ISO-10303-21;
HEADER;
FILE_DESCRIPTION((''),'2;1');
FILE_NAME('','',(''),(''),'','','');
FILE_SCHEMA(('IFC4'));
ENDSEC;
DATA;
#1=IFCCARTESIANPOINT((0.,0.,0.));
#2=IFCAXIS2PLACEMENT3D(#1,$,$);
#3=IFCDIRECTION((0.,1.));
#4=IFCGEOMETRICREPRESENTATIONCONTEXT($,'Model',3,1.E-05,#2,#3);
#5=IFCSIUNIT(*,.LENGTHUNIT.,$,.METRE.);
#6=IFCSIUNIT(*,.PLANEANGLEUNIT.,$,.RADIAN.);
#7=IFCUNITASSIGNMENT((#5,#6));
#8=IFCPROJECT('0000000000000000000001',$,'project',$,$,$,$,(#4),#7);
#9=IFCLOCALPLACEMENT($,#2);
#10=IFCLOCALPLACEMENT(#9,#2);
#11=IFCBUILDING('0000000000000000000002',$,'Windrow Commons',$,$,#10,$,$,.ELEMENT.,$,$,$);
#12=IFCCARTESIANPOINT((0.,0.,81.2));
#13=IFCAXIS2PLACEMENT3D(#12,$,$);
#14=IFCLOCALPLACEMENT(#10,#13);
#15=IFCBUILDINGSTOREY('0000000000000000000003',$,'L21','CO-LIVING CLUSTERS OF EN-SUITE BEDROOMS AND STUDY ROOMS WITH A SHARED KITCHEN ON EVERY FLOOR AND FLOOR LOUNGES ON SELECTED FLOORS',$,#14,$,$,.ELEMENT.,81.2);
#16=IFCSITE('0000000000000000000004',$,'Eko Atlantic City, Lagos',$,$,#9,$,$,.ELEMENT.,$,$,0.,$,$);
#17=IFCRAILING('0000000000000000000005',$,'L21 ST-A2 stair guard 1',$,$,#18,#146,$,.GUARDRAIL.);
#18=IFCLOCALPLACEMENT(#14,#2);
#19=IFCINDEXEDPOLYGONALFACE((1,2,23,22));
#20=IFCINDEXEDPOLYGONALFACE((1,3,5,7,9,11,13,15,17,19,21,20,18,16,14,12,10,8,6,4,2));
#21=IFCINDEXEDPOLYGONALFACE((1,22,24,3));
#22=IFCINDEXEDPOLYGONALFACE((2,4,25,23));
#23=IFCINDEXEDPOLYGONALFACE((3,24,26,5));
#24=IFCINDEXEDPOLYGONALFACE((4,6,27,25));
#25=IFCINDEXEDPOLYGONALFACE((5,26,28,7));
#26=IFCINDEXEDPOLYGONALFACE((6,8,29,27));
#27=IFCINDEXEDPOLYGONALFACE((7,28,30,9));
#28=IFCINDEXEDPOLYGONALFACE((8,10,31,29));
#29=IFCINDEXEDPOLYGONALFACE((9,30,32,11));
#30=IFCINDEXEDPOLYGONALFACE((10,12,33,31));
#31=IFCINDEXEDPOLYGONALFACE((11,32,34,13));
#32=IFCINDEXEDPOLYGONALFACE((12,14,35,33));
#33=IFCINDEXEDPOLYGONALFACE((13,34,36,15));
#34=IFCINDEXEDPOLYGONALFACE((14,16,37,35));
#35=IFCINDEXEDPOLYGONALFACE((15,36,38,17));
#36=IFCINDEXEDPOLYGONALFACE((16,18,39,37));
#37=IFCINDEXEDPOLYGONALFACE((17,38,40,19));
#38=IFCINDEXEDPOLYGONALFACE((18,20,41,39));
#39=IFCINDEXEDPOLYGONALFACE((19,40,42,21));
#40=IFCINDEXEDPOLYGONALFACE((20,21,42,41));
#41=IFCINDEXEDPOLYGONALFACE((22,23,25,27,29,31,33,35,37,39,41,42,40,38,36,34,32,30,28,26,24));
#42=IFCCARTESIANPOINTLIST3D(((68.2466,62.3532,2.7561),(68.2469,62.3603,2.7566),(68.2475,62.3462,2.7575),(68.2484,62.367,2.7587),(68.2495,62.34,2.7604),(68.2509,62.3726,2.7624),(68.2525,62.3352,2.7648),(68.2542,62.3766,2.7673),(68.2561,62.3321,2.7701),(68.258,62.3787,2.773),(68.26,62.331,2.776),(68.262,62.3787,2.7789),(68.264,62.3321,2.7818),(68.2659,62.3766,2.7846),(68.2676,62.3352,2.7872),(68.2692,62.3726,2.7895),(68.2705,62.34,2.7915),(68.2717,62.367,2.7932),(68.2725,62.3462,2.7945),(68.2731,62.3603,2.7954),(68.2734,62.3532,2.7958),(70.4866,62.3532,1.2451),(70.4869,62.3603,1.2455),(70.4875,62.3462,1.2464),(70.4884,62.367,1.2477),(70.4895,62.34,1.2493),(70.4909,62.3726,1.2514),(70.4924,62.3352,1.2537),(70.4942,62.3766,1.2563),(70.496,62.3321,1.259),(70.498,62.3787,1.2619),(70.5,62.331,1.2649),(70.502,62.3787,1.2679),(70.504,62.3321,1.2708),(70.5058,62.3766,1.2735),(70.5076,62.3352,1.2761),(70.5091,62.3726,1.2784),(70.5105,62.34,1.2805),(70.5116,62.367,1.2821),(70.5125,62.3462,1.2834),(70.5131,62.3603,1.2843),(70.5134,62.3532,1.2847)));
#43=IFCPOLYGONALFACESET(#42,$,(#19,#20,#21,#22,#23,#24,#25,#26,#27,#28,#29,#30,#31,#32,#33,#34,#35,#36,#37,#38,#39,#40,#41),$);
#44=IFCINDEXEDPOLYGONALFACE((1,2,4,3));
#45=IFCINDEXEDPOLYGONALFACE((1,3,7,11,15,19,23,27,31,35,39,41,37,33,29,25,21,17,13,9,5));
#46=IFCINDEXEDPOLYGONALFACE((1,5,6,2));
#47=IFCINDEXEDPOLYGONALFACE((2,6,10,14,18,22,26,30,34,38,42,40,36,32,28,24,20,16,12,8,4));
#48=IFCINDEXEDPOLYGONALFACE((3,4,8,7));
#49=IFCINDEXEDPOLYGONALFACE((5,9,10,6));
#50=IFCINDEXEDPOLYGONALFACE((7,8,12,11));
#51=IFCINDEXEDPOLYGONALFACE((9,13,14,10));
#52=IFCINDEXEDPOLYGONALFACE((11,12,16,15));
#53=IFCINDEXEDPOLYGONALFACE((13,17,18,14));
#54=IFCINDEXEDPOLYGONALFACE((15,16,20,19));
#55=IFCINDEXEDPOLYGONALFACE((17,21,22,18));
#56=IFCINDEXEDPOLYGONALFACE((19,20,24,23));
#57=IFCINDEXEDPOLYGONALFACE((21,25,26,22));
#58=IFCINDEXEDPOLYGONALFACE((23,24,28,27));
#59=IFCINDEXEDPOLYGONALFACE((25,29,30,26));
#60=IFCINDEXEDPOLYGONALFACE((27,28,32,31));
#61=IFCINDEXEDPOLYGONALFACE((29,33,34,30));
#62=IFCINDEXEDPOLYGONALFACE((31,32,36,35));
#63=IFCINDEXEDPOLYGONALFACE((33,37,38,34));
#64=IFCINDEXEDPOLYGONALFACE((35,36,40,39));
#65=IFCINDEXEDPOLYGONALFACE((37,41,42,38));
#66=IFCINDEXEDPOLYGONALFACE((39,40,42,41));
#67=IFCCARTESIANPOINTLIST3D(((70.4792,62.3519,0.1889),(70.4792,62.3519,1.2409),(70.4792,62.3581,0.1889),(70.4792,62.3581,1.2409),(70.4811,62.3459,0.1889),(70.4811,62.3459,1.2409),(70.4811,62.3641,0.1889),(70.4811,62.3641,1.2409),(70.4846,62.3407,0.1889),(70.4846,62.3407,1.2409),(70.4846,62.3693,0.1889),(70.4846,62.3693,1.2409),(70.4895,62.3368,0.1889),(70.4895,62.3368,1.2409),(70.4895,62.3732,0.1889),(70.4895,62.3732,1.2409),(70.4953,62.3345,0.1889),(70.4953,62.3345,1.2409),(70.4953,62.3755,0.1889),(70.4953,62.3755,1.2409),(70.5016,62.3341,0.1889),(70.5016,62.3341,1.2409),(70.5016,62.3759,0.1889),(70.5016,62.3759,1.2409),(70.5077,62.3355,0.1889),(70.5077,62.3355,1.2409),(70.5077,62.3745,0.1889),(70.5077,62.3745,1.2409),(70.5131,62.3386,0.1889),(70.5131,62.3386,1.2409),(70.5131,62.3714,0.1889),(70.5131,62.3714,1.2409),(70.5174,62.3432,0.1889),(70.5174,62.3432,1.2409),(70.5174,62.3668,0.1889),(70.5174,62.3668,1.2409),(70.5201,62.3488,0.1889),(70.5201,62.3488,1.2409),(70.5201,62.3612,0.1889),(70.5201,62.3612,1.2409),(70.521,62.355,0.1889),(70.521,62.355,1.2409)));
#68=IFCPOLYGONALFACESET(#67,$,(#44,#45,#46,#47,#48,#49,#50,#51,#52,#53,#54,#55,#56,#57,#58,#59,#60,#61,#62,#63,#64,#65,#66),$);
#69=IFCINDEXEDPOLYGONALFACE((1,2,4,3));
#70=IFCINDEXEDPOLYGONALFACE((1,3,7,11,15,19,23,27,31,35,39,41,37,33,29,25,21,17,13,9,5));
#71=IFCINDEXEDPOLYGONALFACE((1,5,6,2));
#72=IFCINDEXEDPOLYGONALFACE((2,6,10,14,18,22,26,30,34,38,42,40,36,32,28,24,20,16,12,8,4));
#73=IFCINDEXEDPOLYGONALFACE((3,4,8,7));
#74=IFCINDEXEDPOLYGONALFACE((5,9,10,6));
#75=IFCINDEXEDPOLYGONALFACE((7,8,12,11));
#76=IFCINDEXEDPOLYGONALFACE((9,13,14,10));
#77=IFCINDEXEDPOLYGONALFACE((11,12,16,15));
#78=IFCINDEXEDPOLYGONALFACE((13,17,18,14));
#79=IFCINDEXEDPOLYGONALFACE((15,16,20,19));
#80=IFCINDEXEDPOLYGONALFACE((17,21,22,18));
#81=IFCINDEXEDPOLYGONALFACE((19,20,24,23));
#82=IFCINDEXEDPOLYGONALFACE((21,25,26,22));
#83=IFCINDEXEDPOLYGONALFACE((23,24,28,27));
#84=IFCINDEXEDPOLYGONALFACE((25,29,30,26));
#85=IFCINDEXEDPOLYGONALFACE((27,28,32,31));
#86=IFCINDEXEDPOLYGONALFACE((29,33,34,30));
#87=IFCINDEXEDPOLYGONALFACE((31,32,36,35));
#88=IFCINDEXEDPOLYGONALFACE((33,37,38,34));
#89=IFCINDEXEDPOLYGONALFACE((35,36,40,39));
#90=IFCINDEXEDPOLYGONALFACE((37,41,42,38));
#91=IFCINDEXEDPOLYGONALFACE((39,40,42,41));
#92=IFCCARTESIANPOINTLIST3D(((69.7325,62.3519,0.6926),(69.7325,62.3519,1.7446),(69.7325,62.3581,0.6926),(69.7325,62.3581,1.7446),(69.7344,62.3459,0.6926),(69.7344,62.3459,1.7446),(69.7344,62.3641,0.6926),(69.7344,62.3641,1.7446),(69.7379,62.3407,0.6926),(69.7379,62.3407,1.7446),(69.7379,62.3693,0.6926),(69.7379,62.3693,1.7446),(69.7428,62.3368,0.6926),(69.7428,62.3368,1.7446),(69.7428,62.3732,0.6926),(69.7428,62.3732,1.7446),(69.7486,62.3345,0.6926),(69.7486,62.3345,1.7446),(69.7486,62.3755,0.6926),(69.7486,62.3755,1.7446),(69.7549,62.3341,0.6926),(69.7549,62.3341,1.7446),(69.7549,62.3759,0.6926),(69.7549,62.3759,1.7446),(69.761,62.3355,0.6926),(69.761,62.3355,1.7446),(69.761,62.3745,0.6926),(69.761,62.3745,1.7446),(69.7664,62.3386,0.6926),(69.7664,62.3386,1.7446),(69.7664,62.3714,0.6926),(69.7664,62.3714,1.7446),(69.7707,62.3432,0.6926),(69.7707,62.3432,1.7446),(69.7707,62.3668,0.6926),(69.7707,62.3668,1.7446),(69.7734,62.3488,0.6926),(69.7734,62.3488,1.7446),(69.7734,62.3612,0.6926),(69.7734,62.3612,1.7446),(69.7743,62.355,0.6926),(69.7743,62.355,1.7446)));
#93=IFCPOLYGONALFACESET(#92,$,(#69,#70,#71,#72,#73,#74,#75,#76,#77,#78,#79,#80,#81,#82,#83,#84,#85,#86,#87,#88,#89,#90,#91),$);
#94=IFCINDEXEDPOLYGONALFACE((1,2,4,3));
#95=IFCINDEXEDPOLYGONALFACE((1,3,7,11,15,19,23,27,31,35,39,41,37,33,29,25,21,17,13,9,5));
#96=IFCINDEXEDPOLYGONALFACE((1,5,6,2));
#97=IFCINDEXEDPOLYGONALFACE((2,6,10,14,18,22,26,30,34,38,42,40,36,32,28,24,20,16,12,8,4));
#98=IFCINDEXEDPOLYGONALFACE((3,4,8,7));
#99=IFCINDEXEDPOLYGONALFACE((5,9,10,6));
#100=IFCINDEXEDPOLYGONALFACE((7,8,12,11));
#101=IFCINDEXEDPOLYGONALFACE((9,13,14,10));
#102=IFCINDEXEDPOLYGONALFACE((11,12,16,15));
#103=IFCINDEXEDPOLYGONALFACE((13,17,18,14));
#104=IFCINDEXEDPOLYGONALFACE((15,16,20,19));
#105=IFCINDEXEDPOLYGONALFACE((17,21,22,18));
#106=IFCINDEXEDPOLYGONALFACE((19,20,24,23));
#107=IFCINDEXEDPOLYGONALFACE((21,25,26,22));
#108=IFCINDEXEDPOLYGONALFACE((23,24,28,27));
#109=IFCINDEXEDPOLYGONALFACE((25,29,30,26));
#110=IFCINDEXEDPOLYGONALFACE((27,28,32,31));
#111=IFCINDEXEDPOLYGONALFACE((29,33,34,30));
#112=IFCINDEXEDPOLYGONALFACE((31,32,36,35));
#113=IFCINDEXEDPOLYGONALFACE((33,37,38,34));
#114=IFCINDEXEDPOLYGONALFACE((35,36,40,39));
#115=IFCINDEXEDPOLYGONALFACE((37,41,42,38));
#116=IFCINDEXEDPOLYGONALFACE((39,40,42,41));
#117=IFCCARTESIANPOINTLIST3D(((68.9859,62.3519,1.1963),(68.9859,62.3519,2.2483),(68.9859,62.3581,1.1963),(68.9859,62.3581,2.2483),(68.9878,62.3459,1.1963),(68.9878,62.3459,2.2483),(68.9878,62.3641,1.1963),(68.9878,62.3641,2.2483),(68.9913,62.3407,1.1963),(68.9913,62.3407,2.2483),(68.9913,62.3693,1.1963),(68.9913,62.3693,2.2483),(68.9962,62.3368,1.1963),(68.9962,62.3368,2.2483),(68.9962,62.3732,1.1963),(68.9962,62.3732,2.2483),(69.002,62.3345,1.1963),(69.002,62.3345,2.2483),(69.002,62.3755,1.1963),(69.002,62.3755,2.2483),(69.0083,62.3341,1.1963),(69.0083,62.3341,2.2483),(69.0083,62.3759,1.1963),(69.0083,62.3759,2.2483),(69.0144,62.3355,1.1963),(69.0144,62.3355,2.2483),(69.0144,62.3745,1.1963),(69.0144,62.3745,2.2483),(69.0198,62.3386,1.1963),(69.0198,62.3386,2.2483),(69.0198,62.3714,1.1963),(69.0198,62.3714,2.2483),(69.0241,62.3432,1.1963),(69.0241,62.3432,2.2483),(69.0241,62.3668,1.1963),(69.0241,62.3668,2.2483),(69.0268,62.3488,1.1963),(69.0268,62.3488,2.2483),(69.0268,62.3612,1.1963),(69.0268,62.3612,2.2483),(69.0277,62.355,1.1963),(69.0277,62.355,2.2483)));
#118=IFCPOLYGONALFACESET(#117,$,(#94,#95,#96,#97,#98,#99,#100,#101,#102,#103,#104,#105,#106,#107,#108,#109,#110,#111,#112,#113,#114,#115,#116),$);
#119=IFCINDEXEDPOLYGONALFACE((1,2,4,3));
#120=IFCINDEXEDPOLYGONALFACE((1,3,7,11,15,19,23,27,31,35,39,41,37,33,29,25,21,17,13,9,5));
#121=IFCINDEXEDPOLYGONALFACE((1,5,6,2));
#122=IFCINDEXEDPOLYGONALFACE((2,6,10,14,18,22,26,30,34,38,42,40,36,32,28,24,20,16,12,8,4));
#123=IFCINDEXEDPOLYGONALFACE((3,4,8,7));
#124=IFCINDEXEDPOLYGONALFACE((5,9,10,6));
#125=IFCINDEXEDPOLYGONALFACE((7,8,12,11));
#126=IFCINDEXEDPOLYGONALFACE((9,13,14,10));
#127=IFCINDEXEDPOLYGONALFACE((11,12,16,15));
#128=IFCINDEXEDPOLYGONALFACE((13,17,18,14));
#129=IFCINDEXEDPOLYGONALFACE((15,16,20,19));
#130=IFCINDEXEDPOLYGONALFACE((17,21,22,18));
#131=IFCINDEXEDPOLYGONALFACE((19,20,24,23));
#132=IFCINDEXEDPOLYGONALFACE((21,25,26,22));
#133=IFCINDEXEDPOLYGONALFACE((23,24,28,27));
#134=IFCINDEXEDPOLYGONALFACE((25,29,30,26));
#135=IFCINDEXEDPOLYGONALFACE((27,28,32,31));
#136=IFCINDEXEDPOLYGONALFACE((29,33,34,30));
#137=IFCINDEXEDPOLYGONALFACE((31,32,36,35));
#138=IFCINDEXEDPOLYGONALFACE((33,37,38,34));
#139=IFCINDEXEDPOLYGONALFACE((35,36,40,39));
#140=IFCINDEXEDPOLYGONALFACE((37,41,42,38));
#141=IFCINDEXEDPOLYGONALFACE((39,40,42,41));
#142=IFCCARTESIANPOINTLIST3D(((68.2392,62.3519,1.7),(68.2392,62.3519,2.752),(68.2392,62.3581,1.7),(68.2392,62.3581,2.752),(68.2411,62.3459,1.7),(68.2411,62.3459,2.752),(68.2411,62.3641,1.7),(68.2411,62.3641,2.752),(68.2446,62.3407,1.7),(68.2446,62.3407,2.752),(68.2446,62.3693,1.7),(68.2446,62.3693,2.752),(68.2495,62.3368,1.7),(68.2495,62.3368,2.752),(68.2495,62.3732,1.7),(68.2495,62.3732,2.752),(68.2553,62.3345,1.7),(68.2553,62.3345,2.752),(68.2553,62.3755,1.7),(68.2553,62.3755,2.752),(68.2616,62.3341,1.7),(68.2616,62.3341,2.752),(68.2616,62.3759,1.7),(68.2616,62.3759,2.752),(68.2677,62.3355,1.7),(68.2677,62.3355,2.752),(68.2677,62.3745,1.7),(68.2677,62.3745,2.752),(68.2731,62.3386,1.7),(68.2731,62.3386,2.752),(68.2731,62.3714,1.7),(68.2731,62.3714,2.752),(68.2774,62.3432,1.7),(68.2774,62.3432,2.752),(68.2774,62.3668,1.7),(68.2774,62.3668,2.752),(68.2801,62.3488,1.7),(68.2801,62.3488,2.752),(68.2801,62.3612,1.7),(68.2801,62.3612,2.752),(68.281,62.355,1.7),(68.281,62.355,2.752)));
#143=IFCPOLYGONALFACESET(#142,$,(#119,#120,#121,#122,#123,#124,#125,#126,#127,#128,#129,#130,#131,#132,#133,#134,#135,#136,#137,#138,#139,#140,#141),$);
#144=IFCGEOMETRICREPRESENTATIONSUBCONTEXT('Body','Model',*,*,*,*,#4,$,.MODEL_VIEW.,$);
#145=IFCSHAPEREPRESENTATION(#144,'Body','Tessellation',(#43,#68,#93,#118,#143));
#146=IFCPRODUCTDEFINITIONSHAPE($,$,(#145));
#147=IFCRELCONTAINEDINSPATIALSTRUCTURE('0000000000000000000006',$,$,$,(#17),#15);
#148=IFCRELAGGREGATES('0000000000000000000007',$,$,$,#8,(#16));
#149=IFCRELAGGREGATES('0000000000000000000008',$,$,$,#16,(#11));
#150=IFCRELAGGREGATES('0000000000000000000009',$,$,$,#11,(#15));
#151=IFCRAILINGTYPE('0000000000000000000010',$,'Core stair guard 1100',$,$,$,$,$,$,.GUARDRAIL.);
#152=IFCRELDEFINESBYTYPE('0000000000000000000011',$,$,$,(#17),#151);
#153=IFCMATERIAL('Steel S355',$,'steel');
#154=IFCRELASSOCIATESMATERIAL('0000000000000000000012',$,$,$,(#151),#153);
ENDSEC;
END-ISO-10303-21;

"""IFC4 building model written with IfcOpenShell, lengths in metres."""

from ifc_helpers import new_model, si_unit, direction, frame, origin, origin_2d, place, context, subcontext, project, spatial, circle, extrude, material, type_object, element, save


model = new_model("IFC4")

# Units and contexts
model_context = context("Model", 3, precision=1e-05, world=origin(), true_north=direction((0.0, 1.0)))
body_context = subcontext(model_context, "Body", "Model", "MODEL_VIEW")
ifc_project = project(units=[si_unit("LENGTHUNIT", "METRE"), si_unit("PLANEANGLEUNIT", "RADIAN")], contexts=[model_context])

# Site, building, storey
site_placement = place(None, origin())
site = spatial("IfcSite", under=ifc_project, at=site_placement, Name="Eko Atlantic City, Lagos", CompositionType="ELEMENT", RefElevation=0.0)
building_placement = place(site_placement, origin())
building = spatial("IfcBuilding", under=site, at=building_placement, Name="Windrow Commons", CompositionType="ELEMENT")
storey_placement = place(building_placement, frame((0.0, 0.0, 81.2)))
storey = spatial("IfcBuildingStorey", under=building, at=storey_placement, Name="L21", Description="CO-LIVING CLUSTERS OF EN-SUITE BEDROOMS AND STUDY ROOMS WITH A SHARED KITCHEN ON EVERY FLOOR AND FLOOR LOUNGES ON SELECTED FLOORS", CompositionType="ELEMENT", Elevation=81.2)

# Railing
ifc_material_1 = material(Name="Steel S355", Category="steel")
railing_type_1 = type_object("IfcRailingType", Name="Core stair guard 1100", PredefinedType="GUARDRAIL", material=ifc_material_1)
railing_1_placement = place(storey_placement, frame((70.5, 62.355, 0.1889)))
element("IfcRailing", 1, at=railing_1_placement, inside=storey, type_object=railing_type_1, Name="L21 ST-A2 stair guard 1", PredefinedType="GUARDRAIL", context=body_context, shape_type="SweptSolid", body=[
    extrude(circle(Radius=0.024, at=origin_2d()), frame((0.0, 0.0, 1.076), z_axis=(-0.829003, 0.0, 0.559244), x_axis=(0.0, -1.0, 0.0)), (0.0, 0.0, 1.0), 2.702),
    extrude(circle(Radius=0.021, at=origin_2d()), origin(), (0.0, 0.0, 1.0), 1.052),
    extrude(circle(Radius=0.021, at=origin_2d()), frame((-0.7467, 0.0, 0.5037)), (0.0, 0.0, 1.0), 1.052),
    extrude(circle(Radius=0.021, at=origin_2d()), frame((-1.4933, 0.0, 1.0074)), (0.0, 0.0, 1.0), 1.052),
    extrude(circle(Radius=0.021, at=origin_2d()), frame((-2.24, 0.0, 1.5111)), (0.0, 0.0, 1.0), 1.052),
])

save(model, "model.ifc")
